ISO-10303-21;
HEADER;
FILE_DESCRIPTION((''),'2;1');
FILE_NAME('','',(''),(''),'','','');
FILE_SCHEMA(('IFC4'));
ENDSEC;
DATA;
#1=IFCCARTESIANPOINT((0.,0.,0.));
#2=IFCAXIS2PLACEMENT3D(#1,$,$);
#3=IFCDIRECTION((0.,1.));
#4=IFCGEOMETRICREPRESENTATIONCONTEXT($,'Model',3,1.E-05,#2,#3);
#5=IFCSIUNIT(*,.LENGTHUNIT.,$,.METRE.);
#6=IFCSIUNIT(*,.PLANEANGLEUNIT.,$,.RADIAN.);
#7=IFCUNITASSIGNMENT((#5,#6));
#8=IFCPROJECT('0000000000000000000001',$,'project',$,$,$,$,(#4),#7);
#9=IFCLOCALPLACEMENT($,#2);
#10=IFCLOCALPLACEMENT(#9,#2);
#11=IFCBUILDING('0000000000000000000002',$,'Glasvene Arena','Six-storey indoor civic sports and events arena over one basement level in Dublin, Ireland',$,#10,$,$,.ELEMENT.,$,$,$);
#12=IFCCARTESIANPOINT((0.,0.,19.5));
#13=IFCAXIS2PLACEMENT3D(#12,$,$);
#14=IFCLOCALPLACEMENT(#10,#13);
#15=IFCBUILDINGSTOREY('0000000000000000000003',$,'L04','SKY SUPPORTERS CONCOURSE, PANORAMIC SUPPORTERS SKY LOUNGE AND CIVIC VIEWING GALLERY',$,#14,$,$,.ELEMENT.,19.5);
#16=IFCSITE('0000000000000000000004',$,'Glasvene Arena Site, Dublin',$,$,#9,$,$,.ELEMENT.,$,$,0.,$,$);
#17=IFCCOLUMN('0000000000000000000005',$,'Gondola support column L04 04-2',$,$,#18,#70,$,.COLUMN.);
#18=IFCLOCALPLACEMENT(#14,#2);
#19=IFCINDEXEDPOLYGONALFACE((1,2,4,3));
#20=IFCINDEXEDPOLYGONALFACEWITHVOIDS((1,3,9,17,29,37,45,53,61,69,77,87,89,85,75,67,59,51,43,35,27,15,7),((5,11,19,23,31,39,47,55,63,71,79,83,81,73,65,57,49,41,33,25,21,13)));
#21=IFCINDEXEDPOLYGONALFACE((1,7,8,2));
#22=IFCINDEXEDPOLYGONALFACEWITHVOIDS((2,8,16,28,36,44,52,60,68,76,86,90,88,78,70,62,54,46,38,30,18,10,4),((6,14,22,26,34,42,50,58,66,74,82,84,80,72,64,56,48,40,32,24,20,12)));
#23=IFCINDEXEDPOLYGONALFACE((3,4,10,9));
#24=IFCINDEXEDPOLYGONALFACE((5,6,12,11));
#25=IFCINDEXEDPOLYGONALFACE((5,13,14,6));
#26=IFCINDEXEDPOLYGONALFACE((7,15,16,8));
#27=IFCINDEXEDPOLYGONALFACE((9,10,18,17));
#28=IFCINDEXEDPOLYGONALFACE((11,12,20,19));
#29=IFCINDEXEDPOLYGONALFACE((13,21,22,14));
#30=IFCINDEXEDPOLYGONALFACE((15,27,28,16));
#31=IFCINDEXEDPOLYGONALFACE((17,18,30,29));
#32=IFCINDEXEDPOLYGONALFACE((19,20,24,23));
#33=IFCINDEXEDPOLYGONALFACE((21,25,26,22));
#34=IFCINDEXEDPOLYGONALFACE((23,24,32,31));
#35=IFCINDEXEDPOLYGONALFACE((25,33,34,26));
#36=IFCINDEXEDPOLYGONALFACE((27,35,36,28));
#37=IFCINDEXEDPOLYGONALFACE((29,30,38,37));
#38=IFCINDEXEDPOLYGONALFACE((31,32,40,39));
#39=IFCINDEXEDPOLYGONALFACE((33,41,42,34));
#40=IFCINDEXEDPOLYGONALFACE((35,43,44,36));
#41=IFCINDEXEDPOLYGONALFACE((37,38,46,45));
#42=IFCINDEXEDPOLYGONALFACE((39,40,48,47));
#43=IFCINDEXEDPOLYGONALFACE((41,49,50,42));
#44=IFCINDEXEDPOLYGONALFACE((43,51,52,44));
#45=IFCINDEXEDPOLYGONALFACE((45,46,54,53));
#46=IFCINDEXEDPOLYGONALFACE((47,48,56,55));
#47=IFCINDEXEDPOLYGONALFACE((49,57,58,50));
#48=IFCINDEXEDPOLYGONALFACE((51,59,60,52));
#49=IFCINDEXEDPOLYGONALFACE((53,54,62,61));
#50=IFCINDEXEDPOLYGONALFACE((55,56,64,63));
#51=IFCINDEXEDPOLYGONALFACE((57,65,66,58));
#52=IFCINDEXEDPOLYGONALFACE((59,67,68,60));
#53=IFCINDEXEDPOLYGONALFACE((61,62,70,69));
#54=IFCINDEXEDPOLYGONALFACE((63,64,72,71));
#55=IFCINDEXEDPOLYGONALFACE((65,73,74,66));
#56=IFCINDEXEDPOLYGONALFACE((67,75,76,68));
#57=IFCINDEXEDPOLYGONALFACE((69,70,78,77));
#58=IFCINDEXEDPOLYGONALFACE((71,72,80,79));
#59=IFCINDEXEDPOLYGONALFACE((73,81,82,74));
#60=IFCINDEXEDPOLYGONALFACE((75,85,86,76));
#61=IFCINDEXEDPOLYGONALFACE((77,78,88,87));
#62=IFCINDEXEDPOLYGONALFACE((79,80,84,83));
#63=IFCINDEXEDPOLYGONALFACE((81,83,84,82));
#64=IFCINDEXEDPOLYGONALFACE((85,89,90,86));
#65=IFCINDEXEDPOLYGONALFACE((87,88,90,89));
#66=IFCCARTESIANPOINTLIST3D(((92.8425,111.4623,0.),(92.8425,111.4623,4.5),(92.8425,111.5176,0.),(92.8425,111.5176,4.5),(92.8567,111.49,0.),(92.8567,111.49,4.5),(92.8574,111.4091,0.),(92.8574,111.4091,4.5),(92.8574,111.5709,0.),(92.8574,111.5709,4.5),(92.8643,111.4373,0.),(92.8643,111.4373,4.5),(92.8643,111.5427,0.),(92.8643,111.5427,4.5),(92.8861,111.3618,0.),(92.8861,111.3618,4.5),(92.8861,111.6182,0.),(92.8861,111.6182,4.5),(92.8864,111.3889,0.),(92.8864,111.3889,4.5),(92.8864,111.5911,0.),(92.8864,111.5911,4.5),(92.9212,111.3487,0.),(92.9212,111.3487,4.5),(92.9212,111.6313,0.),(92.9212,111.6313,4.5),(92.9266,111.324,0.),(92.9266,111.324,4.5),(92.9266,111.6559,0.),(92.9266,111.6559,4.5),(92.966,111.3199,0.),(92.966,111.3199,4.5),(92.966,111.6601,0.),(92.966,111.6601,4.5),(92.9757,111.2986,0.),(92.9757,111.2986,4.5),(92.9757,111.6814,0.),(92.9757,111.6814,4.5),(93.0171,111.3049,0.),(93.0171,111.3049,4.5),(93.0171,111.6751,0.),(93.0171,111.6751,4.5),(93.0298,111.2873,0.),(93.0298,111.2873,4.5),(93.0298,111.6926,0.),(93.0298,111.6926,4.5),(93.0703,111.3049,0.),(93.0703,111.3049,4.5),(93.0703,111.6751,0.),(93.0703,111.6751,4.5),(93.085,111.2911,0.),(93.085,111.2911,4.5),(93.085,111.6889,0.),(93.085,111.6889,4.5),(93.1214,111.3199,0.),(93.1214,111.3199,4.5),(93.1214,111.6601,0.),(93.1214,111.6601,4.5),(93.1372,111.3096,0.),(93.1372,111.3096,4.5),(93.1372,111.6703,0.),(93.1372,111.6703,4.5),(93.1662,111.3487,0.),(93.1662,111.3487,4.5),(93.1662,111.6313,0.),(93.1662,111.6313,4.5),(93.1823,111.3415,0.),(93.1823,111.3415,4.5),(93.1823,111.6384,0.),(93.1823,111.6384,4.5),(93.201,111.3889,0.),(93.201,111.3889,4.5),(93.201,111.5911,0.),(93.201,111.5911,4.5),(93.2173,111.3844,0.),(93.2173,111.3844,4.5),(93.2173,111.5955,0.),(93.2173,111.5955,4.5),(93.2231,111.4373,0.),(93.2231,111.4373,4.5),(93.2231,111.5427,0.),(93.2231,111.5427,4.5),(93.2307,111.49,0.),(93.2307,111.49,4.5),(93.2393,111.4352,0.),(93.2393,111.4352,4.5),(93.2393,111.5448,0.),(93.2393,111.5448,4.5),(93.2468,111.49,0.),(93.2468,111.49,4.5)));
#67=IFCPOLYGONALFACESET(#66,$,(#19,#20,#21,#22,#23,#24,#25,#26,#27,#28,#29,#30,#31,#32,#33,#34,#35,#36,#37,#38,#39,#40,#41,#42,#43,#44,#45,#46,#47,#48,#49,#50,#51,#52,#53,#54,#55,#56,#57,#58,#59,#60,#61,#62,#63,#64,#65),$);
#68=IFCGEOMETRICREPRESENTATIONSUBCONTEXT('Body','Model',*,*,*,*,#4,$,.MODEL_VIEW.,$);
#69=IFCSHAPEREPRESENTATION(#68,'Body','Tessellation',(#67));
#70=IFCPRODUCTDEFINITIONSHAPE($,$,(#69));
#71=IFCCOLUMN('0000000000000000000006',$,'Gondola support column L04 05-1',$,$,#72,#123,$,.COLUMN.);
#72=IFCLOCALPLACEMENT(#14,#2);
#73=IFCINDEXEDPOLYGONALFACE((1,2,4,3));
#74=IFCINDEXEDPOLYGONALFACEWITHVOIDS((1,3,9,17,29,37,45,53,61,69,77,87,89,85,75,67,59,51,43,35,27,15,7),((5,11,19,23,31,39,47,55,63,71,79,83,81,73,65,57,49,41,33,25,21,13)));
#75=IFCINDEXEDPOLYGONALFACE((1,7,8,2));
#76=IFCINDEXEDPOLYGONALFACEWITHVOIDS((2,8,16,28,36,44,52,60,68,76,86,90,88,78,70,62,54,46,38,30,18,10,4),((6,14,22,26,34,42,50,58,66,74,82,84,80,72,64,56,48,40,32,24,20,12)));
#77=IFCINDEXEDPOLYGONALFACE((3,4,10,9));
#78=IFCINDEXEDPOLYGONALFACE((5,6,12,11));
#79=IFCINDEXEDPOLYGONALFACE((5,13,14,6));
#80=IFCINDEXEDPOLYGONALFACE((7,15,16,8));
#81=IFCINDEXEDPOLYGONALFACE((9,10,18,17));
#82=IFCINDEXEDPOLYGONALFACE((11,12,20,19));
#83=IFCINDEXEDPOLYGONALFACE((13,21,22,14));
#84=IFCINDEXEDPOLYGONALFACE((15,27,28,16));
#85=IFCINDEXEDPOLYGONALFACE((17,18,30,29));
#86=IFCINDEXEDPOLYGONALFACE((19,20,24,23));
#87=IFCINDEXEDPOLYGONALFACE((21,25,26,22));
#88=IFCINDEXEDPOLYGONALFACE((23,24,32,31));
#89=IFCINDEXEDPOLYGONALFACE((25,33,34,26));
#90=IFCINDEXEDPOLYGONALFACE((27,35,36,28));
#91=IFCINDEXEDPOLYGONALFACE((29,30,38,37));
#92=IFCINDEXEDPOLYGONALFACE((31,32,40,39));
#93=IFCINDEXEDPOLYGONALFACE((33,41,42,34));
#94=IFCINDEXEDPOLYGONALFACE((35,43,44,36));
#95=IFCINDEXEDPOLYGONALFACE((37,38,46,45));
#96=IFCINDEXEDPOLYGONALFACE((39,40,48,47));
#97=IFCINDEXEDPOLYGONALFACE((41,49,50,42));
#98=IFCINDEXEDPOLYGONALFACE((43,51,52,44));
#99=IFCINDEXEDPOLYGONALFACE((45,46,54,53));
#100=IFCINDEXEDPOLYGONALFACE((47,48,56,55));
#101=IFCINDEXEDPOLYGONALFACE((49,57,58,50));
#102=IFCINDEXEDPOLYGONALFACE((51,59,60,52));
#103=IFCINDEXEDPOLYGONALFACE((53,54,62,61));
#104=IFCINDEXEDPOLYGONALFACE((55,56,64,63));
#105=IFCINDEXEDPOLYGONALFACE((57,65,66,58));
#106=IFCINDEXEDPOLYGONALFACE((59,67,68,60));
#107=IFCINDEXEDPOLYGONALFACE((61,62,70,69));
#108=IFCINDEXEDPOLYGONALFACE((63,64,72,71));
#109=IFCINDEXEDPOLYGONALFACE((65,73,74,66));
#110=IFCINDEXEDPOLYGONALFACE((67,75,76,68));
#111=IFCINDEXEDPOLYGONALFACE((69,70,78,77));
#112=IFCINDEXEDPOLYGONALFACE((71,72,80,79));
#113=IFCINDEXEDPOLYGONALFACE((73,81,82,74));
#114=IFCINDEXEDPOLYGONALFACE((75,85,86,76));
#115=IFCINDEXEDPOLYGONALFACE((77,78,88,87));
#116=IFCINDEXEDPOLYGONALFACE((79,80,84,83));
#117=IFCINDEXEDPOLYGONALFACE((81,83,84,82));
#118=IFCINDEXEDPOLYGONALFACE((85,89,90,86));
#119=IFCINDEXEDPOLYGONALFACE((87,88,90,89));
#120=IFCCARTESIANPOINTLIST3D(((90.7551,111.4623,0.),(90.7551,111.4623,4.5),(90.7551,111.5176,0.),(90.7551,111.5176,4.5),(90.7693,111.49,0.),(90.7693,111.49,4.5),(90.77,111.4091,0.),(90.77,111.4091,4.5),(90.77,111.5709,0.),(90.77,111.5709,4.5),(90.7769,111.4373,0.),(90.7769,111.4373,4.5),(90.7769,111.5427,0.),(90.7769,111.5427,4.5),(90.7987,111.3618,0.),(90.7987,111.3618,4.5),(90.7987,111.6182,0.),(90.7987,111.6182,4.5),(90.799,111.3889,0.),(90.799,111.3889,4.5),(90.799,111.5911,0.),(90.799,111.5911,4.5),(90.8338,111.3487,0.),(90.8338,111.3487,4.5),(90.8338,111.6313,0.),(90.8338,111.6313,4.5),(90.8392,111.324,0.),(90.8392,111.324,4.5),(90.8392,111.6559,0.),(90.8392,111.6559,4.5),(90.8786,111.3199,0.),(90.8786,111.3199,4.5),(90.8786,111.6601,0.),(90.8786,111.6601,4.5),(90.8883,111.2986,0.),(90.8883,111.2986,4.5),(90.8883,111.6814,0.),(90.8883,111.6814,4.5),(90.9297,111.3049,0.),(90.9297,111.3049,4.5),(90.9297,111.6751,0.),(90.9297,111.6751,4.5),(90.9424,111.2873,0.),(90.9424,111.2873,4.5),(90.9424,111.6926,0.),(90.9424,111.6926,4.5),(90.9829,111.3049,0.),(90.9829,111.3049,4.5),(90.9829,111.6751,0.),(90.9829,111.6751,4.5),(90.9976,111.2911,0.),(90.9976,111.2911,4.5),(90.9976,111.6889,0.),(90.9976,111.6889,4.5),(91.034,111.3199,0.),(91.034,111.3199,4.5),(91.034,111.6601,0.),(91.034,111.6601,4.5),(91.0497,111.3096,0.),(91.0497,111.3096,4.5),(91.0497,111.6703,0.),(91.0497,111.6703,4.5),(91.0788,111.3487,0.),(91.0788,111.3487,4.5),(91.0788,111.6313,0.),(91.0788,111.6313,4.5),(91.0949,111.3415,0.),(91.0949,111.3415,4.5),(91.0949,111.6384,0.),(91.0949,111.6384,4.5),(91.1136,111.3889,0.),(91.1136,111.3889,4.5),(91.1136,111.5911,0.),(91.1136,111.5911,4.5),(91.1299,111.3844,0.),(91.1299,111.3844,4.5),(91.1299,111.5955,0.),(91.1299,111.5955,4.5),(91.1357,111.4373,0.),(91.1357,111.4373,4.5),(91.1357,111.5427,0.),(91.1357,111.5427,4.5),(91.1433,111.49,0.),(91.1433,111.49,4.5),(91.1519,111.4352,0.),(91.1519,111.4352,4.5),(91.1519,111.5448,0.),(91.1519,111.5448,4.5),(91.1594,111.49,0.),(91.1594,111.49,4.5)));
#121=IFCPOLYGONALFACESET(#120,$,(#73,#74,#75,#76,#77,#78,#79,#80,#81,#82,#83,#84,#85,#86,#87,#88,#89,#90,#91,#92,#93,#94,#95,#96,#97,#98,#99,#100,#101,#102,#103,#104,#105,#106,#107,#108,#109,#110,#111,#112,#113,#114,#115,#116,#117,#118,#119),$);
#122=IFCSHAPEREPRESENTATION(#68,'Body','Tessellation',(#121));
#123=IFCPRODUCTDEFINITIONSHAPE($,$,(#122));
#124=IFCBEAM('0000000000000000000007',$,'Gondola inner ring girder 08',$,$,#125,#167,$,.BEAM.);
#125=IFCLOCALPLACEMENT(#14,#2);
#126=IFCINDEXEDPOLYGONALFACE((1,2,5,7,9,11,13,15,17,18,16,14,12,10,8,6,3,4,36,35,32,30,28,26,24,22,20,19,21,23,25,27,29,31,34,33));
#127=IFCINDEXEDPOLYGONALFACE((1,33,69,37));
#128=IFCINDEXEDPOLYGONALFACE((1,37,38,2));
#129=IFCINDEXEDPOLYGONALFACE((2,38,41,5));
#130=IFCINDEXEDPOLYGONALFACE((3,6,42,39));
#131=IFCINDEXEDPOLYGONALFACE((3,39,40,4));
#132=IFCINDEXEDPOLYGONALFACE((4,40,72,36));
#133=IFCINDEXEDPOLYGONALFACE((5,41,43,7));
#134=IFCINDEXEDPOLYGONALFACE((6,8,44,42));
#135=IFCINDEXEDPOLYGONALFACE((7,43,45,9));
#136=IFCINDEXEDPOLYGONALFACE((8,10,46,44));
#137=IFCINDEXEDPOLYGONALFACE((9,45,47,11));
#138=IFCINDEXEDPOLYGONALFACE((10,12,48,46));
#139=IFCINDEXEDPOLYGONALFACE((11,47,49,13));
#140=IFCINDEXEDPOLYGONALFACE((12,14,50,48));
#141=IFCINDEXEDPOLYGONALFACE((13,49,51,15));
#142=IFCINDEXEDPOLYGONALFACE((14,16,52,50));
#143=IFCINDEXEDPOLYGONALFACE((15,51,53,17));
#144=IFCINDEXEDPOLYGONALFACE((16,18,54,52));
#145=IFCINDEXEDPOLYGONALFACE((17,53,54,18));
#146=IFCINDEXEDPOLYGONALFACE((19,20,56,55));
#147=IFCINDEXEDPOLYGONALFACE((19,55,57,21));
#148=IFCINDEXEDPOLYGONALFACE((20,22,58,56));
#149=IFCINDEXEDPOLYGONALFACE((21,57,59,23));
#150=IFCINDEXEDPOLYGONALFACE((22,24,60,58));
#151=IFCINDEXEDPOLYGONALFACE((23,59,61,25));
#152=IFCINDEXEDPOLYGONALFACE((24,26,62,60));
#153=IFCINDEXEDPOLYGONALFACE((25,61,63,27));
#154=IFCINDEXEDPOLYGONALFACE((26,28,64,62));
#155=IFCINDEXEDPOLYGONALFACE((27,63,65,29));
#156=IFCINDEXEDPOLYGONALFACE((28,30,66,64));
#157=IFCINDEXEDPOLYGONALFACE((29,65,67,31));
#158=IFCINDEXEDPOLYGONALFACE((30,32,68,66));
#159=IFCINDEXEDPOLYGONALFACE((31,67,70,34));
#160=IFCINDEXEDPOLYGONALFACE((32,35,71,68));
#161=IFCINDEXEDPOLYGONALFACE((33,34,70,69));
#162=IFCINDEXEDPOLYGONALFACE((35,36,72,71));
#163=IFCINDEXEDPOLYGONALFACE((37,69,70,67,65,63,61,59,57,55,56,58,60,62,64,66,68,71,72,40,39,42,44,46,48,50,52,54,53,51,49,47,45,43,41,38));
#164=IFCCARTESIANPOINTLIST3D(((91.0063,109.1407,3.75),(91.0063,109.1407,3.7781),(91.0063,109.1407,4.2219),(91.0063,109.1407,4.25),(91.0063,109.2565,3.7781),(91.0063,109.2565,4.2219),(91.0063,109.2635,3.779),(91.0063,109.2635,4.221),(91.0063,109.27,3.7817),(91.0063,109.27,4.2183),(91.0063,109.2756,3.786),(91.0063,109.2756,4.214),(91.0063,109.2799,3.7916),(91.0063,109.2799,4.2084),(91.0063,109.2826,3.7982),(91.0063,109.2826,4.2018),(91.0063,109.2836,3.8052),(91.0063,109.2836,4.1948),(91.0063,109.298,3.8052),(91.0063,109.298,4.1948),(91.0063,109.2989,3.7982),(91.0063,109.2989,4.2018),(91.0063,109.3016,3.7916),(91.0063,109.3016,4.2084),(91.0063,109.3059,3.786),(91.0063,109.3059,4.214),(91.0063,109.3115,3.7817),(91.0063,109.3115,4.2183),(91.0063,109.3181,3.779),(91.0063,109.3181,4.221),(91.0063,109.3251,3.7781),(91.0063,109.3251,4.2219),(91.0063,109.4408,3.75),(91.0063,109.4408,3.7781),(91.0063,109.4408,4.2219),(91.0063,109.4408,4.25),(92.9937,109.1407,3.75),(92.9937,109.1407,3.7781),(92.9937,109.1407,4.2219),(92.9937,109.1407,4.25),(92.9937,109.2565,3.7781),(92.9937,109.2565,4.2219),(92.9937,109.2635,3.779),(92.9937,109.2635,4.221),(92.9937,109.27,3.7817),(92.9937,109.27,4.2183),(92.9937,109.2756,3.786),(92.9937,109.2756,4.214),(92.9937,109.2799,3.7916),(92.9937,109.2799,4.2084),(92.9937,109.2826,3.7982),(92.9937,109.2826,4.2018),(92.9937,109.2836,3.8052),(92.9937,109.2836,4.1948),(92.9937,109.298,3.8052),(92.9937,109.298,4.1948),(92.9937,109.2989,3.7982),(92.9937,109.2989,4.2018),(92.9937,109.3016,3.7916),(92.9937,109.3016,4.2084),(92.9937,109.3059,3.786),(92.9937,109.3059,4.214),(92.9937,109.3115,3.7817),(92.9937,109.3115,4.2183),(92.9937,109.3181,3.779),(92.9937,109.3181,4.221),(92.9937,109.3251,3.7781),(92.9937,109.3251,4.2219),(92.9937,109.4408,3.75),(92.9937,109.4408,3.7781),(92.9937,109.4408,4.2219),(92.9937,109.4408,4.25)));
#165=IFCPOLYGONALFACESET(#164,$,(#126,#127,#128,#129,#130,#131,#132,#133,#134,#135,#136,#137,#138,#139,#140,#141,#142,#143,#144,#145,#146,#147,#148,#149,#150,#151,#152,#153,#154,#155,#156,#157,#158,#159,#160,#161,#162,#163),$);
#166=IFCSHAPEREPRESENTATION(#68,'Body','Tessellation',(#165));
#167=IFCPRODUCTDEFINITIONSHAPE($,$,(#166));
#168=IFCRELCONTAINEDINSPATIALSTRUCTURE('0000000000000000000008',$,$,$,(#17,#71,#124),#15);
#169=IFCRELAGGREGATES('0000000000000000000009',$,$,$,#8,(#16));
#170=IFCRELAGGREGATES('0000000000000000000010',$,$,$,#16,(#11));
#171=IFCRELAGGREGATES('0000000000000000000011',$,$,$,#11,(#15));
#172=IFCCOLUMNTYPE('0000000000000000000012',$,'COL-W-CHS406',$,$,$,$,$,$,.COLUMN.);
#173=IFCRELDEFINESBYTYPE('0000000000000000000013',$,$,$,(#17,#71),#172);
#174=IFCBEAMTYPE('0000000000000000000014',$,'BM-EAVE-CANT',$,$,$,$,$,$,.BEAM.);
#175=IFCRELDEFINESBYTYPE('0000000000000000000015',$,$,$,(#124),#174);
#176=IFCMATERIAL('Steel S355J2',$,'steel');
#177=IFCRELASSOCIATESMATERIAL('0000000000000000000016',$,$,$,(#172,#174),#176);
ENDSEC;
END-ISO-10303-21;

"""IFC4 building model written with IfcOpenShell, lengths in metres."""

from ifc_helpers import new_model, si_unit, direction, frame, origin, origin_2d, place, context, subcontext, project, spatial, hollow_circle, i_section, extrude, material, material_profile, profile_set, type_object, element, save


model = new_model("IFC4")

# Units and contexts
model_context = context("Model", 3, precision=1e-05, world=origin(), true_north=direction((0.0, 1.0)))
body_context = subcontext(model_context, "Body", "Model", "MODEL_VIEW")
ifc_project = project(units=[si_unit("LENGTHUNIT", "METRE"), si_unit("PLANEANGLEUNIT", "RADIAN")], contexts=[model_context])

# Site, building, storey
site_placement = place(None, origin())
site = spatial("IfcSite", under=ifc_project, at=site_placement, Name="Glasvene Arena Site, Dublin", CompositionType="ELEMENT", RefElevation=0.0)
building_placement = place(site_placement, origin())
building = spatial("IfcBuilding", under=site, at=building_placement, Name="Glasvene Arena", Description="Six-storey indoor civic sports and events arena over one basement level in Dublin, Ireland", CompositionType="ELEMENT")
storey_placement = place(building_placement, frame((0.0, 0.0, 19.5)))
storey = spatial("IfcBuildingStorey", under=building, at=storey_placement, Name="L04", Description="SKY SUPPORTERS CONCOURSE, PANORAMIC SUPPORTERS SKY LOUNGE AND CIVIC VIEWING GALLERY", CompositionType="ELEMENT", Elevation=19.5)

# Columns
ifc_material_1 = material(Name="Steel S355J2", Category="steel")
ifc_material_profile_1 = material_profile(ifc_material_1, hollow_circle(Radius=0.2031, WallThickness=0.0161, at=origin_2d()), Name="CHS 406.4x16.0")
ifc_profile_set_1 = profile_set([ifc_material_profile_1], Name="Steel S355J2")
column_type = type_object("IfcColumnType", Name="COL-W-CHS406", PredefinedType="COLUMN", material=ifc_profile_set_1)
for number, where, z_axis, x_axis, name in (
    (1, (93.0437, 111.49, 0.0), (0.0, 0.0, 1.0), (1.0, 0.0, 0.0), "Gondola support column L04 04-2"),
    (2, (90.9563, 111.49, 0.0), (0.0, 0.0, 1.0), (1.0, 0.0, 0.0), "Gondola support column L04 05-1"),
):
    element("IfcColumn", number, at=place(storey_placement, frame(where, z_axis=z_axis, x_axis=x_axis)), inside=storey, type_object=column_type, Name=name, PredefinedType="COLUMN", context=body_context, shape_type="SweptSolid", body=[
        extrude(hollow_circle(Radius=0.2031, WallThickness=0.0161, at=origin_2d()), origin(), (0.0, 0.0, 1.0), 4.5),
    ])

# Beam
ifc_material_profile_2 = material_profile(ifc_material_1, i_section(OverallWidth=0.3, OverallDepth=0.5, WebThickness=0.0144, FlangeThickness=0.0281, FilletRadius=0.0271, at=origin_2d()), Name="HEB 500")
ifc_profile_set_2 = profile_set([ifc_material_profile_2], Name="Steel S355J2")
beam_type_1 = type_object("IfcBeamType", Name="BM-EAVE-CANT", PredefinedType="BEAM", material=ifc_profile_set_2)
beam_1_placement = place(storey_placement, frame((92.9937, 109.2908, 4.0), z_axis=(-1.0, 0.0, 0.0), x_axis=(0.0, -1.0, 0.0)))
element("IfcBeam", 3, at=beam_1_placement, inside=storey, type_object=beam_type_1, Name="Gondola inner ring girder 08", PredefinedType="BEAM", context=body_context, shape_type="SweptSolid", body=[
    extrude(i_section(OverallWidth=0.3, OverallDepth=0.5, WebThickness=0.0144, FlangeThickness=0.0281, FilletRadius=0.0271, at=origin_2d()), origin(), (0.0, 0.0, 1.0), 1.9873),
])

save(model, "model.ifc")
